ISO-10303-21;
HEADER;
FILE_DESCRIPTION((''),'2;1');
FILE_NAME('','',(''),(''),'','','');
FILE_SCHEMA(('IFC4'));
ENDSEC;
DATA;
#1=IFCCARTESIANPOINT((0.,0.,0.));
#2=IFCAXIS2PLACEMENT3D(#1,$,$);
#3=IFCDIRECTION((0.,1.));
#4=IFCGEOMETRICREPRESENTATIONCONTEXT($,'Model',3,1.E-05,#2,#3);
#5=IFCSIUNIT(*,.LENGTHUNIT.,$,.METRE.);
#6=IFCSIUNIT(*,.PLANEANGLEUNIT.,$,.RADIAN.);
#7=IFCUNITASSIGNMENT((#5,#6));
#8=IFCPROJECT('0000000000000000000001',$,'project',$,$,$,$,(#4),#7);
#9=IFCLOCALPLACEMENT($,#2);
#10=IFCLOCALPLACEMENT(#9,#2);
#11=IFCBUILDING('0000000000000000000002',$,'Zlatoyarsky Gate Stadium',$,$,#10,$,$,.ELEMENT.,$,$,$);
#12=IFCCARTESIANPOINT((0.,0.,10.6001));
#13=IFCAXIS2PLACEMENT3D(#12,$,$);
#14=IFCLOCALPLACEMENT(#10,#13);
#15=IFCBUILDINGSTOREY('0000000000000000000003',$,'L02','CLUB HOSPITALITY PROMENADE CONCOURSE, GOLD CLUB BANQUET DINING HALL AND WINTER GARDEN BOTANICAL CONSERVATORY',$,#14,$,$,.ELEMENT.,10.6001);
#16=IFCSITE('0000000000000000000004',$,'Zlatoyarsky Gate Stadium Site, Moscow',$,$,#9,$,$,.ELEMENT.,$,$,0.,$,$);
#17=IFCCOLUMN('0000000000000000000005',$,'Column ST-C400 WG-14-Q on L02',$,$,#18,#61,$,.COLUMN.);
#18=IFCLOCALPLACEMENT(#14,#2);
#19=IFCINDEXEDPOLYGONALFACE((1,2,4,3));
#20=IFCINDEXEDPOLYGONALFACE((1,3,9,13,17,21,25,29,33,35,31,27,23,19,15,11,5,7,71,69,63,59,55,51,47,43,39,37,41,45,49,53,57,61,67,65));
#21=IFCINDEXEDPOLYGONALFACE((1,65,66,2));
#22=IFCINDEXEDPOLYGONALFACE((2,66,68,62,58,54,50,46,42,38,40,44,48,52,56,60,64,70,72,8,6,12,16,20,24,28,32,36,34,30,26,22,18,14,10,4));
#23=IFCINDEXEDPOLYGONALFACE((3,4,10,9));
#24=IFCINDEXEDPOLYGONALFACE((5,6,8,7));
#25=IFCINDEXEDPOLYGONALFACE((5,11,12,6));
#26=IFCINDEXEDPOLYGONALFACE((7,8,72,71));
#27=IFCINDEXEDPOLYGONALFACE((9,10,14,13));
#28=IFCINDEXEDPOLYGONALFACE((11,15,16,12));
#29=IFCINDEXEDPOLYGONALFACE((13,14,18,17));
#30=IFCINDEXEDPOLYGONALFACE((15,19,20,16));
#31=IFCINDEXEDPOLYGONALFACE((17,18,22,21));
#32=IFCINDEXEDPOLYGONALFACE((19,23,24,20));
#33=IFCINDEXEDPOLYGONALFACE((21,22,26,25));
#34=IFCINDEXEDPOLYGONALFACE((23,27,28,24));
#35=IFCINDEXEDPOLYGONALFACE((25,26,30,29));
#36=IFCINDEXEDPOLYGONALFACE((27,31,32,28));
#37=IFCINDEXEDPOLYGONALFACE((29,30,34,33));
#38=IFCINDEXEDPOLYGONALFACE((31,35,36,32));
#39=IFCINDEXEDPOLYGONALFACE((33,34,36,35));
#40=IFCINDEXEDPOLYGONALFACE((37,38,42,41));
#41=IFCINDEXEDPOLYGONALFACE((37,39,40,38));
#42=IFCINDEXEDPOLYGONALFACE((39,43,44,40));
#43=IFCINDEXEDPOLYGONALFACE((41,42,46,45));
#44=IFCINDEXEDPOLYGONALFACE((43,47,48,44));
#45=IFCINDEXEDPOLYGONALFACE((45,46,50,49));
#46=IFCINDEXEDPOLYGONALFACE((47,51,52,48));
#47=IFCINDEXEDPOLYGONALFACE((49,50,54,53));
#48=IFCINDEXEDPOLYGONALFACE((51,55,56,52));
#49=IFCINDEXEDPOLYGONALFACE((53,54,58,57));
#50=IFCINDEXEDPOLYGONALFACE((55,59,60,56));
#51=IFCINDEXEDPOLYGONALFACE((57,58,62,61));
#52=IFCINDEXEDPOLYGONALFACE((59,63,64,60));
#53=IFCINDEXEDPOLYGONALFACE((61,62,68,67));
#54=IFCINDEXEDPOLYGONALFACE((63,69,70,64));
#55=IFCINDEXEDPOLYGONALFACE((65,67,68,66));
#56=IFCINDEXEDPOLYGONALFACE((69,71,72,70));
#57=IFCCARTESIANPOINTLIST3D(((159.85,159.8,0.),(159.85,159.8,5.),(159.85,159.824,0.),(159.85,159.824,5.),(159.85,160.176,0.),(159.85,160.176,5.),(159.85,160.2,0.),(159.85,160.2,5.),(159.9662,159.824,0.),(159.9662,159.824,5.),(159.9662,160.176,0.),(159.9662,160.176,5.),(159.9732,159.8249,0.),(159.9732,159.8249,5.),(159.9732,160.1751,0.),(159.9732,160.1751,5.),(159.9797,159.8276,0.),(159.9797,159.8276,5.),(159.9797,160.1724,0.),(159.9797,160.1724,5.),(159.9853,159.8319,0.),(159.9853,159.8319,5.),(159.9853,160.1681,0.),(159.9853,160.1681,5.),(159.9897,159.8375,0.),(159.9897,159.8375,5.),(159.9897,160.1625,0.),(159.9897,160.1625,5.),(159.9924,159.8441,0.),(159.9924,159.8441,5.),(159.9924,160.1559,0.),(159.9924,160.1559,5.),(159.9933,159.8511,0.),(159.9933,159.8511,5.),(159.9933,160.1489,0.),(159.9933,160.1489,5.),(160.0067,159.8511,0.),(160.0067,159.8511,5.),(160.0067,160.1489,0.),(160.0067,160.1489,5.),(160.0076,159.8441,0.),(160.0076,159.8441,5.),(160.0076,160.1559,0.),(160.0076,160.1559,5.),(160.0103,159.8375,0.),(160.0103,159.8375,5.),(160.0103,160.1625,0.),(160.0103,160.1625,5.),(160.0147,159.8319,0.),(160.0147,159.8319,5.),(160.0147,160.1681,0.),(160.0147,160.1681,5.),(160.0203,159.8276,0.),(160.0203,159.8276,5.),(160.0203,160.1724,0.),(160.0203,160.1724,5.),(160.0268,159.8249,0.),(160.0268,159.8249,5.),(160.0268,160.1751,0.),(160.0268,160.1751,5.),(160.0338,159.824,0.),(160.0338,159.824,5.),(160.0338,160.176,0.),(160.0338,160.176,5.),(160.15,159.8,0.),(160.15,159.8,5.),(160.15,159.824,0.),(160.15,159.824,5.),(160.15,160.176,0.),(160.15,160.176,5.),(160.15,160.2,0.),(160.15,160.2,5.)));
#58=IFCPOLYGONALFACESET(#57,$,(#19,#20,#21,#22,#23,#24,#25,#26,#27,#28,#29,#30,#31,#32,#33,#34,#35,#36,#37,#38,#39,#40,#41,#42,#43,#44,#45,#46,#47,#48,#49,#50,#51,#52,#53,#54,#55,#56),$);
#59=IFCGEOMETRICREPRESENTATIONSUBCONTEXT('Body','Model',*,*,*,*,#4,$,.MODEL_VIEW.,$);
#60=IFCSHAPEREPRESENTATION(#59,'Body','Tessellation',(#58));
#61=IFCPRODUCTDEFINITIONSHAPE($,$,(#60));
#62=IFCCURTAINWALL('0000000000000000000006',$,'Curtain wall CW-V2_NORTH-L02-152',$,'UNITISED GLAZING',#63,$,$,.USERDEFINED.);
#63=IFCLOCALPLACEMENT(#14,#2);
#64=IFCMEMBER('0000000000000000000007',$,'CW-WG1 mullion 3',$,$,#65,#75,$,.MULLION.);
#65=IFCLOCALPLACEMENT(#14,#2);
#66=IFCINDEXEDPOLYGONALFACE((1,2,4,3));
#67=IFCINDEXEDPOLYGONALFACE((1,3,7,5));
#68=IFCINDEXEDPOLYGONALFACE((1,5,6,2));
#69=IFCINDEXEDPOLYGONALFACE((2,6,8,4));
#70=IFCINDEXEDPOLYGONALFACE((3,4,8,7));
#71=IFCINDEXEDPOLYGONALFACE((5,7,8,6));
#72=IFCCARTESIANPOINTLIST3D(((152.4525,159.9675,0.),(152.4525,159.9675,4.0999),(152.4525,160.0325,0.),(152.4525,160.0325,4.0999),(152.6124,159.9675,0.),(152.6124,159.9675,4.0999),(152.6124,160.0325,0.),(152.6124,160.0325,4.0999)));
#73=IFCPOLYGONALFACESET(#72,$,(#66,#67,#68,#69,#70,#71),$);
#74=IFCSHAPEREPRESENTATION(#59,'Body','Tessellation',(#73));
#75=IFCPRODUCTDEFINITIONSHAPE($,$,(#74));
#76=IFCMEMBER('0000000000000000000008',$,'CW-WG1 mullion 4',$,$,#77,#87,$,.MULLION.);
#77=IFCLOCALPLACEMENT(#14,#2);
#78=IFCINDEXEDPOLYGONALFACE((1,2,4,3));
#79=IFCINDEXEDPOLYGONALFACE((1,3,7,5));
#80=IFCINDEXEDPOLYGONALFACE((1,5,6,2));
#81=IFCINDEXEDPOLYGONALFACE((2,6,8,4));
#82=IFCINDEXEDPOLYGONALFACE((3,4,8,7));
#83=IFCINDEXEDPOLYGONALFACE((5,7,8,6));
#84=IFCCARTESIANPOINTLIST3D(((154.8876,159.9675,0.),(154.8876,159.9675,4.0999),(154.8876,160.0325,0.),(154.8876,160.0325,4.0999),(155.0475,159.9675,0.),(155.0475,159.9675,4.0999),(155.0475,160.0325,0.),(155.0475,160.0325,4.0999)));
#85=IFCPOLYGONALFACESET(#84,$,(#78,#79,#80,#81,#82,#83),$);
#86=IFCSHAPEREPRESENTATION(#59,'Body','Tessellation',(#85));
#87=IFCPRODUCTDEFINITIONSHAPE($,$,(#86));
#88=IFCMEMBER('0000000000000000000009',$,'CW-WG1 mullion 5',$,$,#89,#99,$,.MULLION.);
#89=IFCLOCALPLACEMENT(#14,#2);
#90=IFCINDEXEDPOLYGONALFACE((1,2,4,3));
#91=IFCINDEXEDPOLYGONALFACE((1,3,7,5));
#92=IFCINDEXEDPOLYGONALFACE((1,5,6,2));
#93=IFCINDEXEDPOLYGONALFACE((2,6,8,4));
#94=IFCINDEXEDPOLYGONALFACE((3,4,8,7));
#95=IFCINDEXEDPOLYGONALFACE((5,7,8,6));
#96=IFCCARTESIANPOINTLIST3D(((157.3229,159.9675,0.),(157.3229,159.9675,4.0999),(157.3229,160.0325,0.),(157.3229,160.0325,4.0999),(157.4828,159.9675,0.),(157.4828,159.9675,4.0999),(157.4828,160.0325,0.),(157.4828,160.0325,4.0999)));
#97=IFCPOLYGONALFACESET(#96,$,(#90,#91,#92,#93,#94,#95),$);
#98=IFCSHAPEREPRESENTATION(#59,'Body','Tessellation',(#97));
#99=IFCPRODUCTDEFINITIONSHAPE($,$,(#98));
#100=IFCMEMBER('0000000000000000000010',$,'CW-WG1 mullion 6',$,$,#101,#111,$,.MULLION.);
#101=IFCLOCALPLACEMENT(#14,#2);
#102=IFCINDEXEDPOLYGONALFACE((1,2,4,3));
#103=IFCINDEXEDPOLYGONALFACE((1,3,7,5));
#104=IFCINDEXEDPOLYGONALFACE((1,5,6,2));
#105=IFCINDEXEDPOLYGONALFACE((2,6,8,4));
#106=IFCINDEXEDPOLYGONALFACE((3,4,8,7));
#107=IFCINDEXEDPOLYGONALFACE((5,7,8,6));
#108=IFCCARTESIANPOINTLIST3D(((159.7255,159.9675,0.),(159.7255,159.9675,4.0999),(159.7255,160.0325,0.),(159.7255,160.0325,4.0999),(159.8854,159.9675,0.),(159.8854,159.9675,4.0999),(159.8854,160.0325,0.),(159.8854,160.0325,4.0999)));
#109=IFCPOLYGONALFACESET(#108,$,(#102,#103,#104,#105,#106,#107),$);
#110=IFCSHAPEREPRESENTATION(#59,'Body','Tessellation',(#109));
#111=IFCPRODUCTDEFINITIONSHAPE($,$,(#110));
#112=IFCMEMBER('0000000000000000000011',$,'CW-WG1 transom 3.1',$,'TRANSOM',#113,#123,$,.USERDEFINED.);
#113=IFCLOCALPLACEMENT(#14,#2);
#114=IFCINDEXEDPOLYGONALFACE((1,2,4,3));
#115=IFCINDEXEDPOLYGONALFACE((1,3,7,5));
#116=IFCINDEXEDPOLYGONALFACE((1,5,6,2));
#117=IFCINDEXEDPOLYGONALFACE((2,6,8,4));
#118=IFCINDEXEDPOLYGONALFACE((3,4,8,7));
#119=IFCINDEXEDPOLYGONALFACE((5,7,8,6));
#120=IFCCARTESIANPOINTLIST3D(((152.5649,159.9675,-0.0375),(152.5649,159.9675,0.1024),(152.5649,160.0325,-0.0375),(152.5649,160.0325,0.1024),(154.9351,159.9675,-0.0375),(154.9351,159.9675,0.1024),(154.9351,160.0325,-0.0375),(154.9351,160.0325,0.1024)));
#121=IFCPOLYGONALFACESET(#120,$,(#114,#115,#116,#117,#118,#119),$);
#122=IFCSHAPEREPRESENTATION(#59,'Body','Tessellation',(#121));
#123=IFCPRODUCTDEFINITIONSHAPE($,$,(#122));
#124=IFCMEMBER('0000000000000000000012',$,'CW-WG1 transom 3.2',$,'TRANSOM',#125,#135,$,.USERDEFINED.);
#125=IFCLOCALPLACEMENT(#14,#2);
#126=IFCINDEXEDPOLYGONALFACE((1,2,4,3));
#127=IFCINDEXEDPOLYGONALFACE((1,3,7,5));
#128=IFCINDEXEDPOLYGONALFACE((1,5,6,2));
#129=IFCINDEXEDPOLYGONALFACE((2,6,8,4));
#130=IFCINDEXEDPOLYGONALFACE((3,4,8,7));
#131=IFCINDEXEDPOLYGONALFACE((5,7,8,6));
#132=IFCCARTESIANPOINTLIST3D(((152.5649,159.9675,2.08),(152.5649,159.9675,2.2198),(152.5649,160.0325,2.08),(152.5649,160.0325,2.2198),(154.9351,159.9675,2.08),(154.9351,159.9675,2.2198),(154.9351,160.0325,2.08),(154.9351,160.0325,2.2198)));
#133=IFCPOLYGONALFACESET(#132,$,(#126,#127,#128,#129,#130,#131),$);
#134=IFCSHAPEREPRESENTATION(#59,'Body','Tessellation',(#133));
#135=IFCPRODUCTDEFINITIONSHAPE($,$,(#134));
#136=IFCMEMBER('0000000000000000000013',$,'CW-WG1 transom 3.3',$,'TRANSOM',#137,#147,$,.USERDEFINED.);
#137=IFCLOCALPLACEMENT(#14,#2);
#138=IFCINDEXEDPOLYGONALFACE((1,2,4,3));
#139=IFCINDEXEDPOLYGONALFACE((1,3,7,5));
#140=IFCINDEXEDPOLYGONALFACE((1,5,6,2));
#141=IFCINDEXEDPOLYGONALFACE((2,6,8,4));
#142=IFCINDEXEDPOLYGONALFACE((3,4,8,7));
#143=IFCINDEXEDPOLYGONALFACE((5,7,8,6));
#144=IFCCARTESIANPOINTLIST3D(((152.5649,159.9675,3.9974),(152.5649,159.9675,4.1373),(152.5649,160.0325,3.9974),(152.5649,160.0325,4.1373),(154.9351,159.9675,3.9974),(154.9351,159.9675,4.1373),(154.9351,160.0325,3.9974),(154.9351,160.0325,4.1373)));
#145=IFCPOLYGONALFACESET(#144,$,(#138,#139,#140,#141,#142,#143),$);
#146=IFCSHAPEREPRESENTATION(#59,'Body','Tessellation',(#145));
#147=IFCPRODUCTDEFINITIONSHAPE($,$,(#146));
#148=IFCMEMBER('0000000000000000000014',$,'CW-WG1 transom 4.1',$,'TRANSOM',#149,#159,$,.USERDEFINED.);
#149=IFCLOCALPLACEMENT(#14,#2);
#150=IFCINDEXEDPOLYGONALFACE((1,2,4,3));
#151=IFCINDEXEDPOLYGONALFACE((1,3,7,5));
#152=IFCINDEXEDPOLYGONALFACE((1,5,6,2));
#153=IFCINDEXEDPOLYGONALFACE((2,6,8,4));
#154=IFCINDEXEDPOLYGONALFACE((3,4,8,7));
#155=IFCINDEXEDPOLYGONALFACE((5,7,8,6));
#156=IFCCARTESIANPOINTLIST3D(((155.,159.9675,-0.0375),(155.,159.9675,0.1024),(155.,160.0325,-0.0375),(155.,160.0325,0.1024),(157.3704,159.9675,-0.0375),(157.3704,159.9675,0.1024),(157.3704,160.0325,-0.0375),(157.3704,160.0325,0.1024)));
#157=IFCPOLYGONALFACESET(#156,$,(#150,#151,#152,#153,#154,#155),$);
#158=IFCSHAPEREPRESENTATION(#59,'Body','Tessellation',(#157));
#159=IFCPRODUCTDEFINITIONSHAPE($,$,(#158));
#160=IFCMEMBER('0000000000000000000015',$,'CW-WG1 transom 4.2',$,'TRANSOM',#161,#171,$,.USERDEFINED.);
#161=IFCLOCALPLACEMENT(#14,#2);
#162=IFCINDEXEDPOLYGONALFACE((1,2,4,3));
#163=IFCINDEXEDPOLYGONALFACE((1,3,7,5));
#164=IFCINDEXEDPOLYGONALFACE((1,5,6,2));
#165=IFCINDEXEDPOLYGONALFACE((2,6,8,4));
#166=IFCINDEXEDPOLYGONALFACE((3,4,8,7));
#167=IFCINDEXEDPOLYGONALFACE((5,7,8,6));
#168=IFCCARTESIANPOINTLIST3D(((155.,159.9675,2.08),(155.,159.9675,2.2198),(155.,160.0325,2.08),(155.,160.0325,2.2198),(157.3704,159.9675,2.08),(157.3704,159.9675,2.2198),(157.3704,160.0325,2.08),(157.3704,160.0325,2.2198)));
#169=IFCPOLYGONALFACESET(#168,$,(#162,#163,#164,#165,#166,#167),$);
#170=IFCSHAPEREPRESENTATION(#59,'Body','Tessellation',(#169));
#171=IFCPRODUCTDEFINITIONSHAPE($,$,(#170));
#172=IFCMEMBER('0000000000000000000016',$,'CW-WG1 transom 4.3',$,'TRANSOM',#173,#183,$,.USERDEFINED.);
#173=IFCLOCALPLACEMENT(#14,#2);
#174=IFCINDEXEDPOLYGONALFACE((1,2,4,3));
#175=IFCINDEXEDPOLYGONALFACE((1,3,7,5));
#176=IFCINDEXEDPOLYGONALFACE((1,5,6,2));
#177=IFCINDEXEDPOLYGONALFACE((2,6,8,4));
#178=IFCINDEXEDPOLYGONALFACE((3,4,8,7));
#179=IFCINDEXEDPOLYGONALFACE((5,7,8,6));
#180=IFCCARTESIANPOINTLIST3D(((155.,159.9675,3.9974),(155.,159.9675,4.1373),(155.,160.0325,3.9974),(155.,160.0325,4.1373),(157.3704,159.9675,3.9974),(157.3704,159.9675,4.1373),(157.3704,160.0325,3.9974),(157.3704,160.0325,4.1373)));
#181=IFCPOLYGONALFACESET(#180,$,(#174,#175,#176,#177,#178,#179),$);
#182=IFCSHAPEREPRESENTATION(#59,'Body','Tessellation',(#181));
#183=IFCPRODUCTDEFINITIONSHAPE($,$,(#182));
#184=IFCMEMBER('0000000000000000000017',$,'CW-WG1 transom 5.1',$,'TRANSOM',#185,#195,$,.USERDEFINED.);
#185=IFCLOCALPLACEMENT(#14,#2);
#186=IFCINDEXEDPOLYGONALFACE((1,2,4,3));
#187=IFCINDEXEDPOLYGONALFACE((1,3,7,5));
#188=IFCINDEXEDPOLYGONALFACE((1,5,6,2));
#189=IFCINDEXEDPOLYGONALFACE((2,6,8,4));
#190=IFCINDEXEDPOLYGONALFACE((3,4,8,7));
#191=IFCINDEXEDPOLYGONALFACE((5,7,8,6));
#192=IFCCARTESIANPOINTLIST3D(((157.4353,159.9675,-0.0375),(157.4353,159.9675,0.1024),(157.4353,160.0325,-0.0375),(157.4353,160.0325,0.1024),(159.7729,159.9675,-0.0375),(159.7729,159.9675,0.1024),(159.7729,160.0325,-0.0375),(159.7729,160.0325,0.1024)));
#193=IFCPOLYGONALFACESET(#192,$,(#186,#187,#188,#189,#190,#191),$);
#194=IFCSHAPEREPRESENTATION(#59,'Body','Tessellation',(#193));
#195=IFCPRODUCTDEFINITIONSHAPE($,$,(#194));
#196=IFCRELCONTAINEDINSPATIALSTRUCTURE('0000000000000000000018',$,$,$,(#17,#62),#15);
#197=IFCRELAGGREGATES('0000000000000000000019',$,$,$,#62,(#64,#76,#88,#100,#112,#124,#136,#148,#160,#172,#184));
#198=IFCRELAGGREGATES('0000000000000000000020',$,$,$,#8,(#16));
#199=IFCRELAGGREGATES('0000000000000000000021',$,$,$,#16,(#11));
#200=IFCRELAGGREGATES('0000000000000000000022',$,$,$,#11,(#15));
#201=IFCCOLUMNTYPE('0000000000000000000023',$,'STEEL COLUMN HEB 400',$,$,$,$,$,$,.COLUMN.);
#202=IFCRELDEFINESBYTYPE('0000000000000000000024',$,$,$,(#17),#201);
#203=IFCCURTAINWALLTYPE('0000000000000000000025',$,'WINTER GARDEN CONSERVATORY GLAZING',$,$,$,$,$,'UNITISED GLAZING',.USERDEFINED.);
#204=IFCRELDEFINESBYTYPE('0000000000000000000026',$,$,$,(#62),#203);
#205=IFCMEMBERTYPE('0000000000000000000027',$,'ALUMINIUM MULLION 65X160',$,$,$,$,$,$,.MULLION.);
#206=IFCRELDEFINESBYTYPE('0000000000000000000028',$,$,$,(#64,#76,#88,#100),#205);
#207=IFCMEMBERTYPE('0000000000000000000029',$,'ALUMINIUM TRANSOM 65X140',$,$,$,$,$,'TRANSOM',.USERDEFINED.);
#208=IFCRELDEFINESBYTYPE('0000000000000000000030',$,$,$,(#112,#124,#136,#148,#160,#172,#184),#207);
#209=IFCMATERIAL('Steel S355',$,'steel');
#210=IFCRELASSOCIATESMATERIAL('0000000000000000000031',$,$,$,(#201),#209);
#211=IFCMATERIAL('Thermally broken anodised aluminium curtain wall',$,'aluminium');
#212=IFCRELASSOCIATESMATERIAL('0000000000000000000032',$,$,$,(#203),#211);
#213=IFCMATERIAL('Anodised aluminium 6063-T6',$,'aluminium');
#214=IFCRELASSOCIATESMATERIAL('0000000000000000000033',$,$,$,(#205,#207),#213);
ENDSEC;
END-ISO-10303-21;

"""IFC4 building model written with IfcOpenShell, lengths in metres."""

from ifc_helpers import new_model, si_unit, direction, frame, origin, origin_2d, place, context, subcontext, project, spatial, rectangle, i_section, extrude, material, material_profile, profile_set, type_object, element, aggregate, save


model = new_model("IFC4")

# Units and contexts
model_context = context("Model", 3, precision=1e-05, world=origin(), true_north=direction((0.0, 1.0)))
body_context = subcontext(model_context, "Body", "Model", "MODEL_VIEW")
ifc_project = project(units=[si_unit("LENGTHUNIT", "METRE"), si_unit("PLANEANGLEUNIT", "RADIAN")], contexts=[model_context])

# Site, building, storey
site_placement = place(None, origin())
site = spatial("IfcSite", under=ifc_project, at=site_placement, Name="Zlatoyarsky Gate Stadium Site, Moscow", CompositionType="ELEMENT", RefElevation=0.0)
building_placement = place(site_placement, origin())
building = spatial("IfcBuilding", under=site, at=building_placement, Name="Zlatoyarsky Gate Stadium", CompositionType="ELEMENT")
storey_placement = place(building_placement, frame((0.0, 0.0, 10.6001)))
storey = spatial("IfcBuildingStorey", under=building, at=storey_placement, Name="L02", Description="CLUB HOSPITALITY PROMENADE CONCOURSE, GOLD CLUB BANQUET DINING HALL AND WINTER GARDEN BOTANICAL CONSERVATORY", CompositionType="ELEMENT", Elevation=10.6001)

# Column
ifc_material_1 = material(Name="Steel S355", Category="steel")
ifc_material_profile_1 = material_profile(ifc_material_1, i_section(OverallWidth=0.3, OverallDepth=0.3999, WebThickness=0.0134, FlangeThickness=0.0239, FilletRadius=0.0271, at=origin_2d()), Name="HEB 400")
ifc_profile_set_1 = profile_set([ifc_material_profile_1], Name="Steel S355")
column_type = type_object("IfcColumnType", Name="STEEL COLUMN HEB 400", PredefinedType="COLUMN", material=ifc_profile_set_1)
column_placement = place(storey_placement, frame((160.0, 160.0, 0.0), z_axis=(0.0, 0.0, 1.0), x_axis=(1.0, 0.0, 0.0)))
element("IfcColumn", 1, at=column_placement, inside=storey, type_object=column_type, Name="Column ST-C400 WG-14-Q on L02", PredefinedType="COLUMN", context=body_context, shape_type="SweptSolid", body=[
    extrude(i_section(OverallWidth=0.3, OverallDepth=0.3999, WebThickness=0.0134, FlangeThickness=0.0239, FilletRadius=0.0271, at=origin_2d()), origin(), (0.0, 0.0, 1.0), 5.0),
])

# Curtain wall, members
ifc_material_2 = material(Name="Thermally broken anodised aluminium curtain wall", Category="aluminium")
curtain_wall_type = type_object("IfcCurtainWallType", Name="WINTER GARDEN CONSERVATORY GLAZING", ElementType="UNITISED GLAZING", PredefinedType="USERDEFINED", material=ifc_material_2)
curtain_wall_placement = place(storey_placement, origin())
curtain_wall = element("IfcCurtainWall", 2, at=curtain_wall_placement, inside=storey, type_object=curtain_wall_type, Name="Curtain wall CW-V2_NORTH-L02-152", ObjectType="UNITISED GLAZING", PredefinedType="USERDEFINED")
ifc_material_3 = material(Name="Anodised aluminium 6063-T6", Category="aluminium")
ifc_material_profile_2 = material_profile(ifc_material_3, rectangle(XDim=0.0649, YDim=0.1599, at=origin_2d()), Name="ALU 65X160")
ifc_profile_set_2 = profile_set([ifc_material_profile_2], Name="Anodised aluminium 6063-T6")
member_type_1 = type_object("IfcMemberType", Name="ALUMINIUM MULLION 65X160", PredefinedType="MULLION", material=ifc_profile_set_2)
member_1_placement = place(storey_placement, frame((152.5325, 160.0, 0.0), z_axis=(0.0, 0.0, 1.0), x_axis=(0.0, 1.0, 0.0)))
member_1 = element("IfcMember", 3, at=member_1_placement, type_object=member_type_1, Name="CW-WG1 mullion 3", PredefinedType="MULLION", context=body_context, shape_type="SweptSolid", body=[
    extrude(rectangle(XDim=0.0649, YDim=0.1599, at=origin_2d()), origin(), (0.0, 0.0, 1.0), 4.0999),
])
member_2_placement = place(storey_placement, frame((154.9675, 160.0, 0.0), z_axis=(0.0, 0.0, 1.0), x_axis=(0.0, 1.0, 0.0)))
member_2 = element("IfcMember", 4, at=member_2_placement, type_object=member_type_1, Name="CW-WG1 mullion 4", PredefinedType="MULLION", context=body_context, shape_type="SweptSolid", body=[
    extrude(rectangle(XDim=0.0649, YDim=0.1599, at=origin_2d()), origin(), (0.0, 0.0, 1.0), 4.0999),
])
member_3_placement = place(storey_placement, frame((157.4028, 160.0, 0.0), z_axis=(0.0, 0.0, 1.0), x_axis=(0.0, 1.0, 0.0)))
member_3 = element("IfcMember", 5, at=member_3_placement, type_object=member_type_1, Name="CW-WG1 mullion 5", PredefinedType="MULLION", context=body_context, shape_type="SweptSolid", body=[
    extrude(rectangle(XDim=0.0649, YDim=0.1599, at=origin_2d()), origin(), (0.0, 0.0, 1.0), 4.0999),
])
member_4_placement = place(storey_placement, frame((159.8054, 160.0, 0.0), z_axis=(0.0, 0.0, 1.0), x_axis=(0.0, 1.0, 0.0)))
member_4 = element("IfcMember", 6, at=member_4_placement, type_object=member_type_1, Name="CW-WG1 mullion 6", PredefinedType="MULLION", context=body_context, shape_type="SweptSolid", body=[
    extrude(rectangle(XDim=0.0649, YDim=0.1599, at=origin_2d()), origin(), (0.0, 0.0, 1.0), 4.0999),
])
ifc_material_profile_3 = material_profile(ifc_material_3, rectangle(XDim=0.0649, YDim=0.1399, at=origin_2d()), Name="ALU 65X140")
ifc_profile_set_3 = profile_set([ifc_material_profile_3], Name="Anodised aluminium 6063-T6")
member_type_2 = type_object("IfcMemberType", Name="ALUMINIUM TRANSOM 65X140", ElementType="TRANSOM", PredefinedType="USERDEFINED", material=ifc_profile_set_3)
member_5_placement = place(storey_placement, frame((152.5649, 160.0, 0.0325), z_axis=(1.0, 0.0, 0.0), x_axis=(0.0, 1.0, 0.0)))
member_5 = element("IfcMember", 7, at=member_5_placement, type_object=member_type_2, Name="CW-WG1 transom 3.1", ObjectType="TRANSOM", PredefinedType="USERDEFINED", context=body_context, shape_type="SweptSolid", body=[
    extrude(rectangle(XDim=0.0649, YDim=0.1399, at=origin_2d()), origin(), (0.0, 0.0, 1.0), 2.3701),
])
member_6_placement = place(storey_placement, frame((152.5649, 160.0, 2.1499), z_axis=(1.0, 0.0, 0.0), x_axis=(0.0, 1.0, 0.0)))
member_6 = element("IfcMember", 8, at=member_6_placement, type_object=member_type_2, Name="CW-WG1 transom 3.2", ObjectType="TRANSOM", PredefinedType="USERDEFINED", context=body_context, shape_type="SweptSolid", body=[
    extrude(rectangle(XDim=0.0649, YDim=0.1399, at=origin_2d()), origin(), (0.0, 0.0, 1.0), 2.3701),
])
member_7_placement = place(storey_placement, frame((152.5649, 160.0, 4.0674), z_axis=(1.0, 0.0, 0.0), x_axis=(0.0, 1.0, 0.0)))
member_7 = element("IfcMember", 9, at=member_7_placement, type_object=member_type_2, Name="CW-WG1 transom 3.3", ObjectType="TRANSOM", PredefinedType="USERDEFINED", context=body_context, shape_type="SweptSolid", body=[
    extrude(rectangle(XDim=0.0649, YDim=0.1399, at=origin_2d()), origin(), (0.0, 0.0, 1.0), 2.3701),
])
member_8_placement = place(storey_placement, frame((155.0, 160.0, 0.0325), z_axis=(1.0, 0.0, 0.0), x_axis=(0.0, 1.0, 0.0)))
member_8 = element("IfcMember", 10, at=member_8_placement, type_object=member_type_2, Name="CW-WG1 transom 4.1", ObjectType="TRANSOM", PredefinedType="USERDEFINED", context=body_context, shape_type="SweptSolid", body=[
    extrude(rectangle(XDim=0.0649, YDim=0.1399, at=origin_2d()), origin(), (0.0, 0.0, 1.0), 2.3704),
])
member_9_placement = place(storey_placement, frame((155.0, 160.0, 2.1499), z_axis=(1.0, 0.0, 0.0), x_axis=(0.0, 1.0, 0.0)))
member_9 = element("IfcMember", 11, at=member_9_placement, type_object=member_type_2, Name="CW-WG1 transom 4.2", ObjectType="TRANSOM", PredefinedType="USERDEFINED", context=body_context, shape_type="SweptSolid", body=[
    extrude(rectangle(XDim=0.0649, YDim=0.1399, at=origin_2d()), origin(), (0.0, 0.0, 1.0), 2.3704),
])
member_10_placement = place(storey_placement, frame((155.0, 160.0, 4.0674), z_axis=(1.0, 0.0, 0.0), x_axis=(0.0, 1.0, 0.0)))
member_10 = element("IfcMember", 12, at=member_10_placement, type_object=member_type_2, Name="CW-WG1 transom 4.3", ObjectType="TRANSOM", PredefinedType="USERDEFINED", context=body_context, shape_type="SweptSolid", body=[
    extrude(rectangle(XDim=0.0649, YDim=0.1399, at=origin_2d()), origin(), (0.0, 0.0, 1.0), 2.3704),
])
member_11_placement = place(storey_placement, frame((157.4353, 160.0, 0.0325), z_axis=(1.0, 0.0, 0.0), x_axis=(0.0, 1.0, 0.0)))
member_11 = element("IfcMember", 13, at=member_11_placement, type_object=member_type_2, Name="CW-WG1 transom 5.1", ObjectType="TRANSOM", PredefinedType="USERDEFINED", context=body_context, shape_type="SweptSolid", body=[
    extrude(rectangle(XDim=0.0649, YDim=0.1399, at=origin_2d()), origin(), (0.0, 0.0, 1.0), 2.3376),
])
aggregate(curtain_wall, [member_1, member_2, member_3, member_4, member_5, member_6, member_7, member_8, member_9, member_10, member_11])

save(model, "model.ifc")
